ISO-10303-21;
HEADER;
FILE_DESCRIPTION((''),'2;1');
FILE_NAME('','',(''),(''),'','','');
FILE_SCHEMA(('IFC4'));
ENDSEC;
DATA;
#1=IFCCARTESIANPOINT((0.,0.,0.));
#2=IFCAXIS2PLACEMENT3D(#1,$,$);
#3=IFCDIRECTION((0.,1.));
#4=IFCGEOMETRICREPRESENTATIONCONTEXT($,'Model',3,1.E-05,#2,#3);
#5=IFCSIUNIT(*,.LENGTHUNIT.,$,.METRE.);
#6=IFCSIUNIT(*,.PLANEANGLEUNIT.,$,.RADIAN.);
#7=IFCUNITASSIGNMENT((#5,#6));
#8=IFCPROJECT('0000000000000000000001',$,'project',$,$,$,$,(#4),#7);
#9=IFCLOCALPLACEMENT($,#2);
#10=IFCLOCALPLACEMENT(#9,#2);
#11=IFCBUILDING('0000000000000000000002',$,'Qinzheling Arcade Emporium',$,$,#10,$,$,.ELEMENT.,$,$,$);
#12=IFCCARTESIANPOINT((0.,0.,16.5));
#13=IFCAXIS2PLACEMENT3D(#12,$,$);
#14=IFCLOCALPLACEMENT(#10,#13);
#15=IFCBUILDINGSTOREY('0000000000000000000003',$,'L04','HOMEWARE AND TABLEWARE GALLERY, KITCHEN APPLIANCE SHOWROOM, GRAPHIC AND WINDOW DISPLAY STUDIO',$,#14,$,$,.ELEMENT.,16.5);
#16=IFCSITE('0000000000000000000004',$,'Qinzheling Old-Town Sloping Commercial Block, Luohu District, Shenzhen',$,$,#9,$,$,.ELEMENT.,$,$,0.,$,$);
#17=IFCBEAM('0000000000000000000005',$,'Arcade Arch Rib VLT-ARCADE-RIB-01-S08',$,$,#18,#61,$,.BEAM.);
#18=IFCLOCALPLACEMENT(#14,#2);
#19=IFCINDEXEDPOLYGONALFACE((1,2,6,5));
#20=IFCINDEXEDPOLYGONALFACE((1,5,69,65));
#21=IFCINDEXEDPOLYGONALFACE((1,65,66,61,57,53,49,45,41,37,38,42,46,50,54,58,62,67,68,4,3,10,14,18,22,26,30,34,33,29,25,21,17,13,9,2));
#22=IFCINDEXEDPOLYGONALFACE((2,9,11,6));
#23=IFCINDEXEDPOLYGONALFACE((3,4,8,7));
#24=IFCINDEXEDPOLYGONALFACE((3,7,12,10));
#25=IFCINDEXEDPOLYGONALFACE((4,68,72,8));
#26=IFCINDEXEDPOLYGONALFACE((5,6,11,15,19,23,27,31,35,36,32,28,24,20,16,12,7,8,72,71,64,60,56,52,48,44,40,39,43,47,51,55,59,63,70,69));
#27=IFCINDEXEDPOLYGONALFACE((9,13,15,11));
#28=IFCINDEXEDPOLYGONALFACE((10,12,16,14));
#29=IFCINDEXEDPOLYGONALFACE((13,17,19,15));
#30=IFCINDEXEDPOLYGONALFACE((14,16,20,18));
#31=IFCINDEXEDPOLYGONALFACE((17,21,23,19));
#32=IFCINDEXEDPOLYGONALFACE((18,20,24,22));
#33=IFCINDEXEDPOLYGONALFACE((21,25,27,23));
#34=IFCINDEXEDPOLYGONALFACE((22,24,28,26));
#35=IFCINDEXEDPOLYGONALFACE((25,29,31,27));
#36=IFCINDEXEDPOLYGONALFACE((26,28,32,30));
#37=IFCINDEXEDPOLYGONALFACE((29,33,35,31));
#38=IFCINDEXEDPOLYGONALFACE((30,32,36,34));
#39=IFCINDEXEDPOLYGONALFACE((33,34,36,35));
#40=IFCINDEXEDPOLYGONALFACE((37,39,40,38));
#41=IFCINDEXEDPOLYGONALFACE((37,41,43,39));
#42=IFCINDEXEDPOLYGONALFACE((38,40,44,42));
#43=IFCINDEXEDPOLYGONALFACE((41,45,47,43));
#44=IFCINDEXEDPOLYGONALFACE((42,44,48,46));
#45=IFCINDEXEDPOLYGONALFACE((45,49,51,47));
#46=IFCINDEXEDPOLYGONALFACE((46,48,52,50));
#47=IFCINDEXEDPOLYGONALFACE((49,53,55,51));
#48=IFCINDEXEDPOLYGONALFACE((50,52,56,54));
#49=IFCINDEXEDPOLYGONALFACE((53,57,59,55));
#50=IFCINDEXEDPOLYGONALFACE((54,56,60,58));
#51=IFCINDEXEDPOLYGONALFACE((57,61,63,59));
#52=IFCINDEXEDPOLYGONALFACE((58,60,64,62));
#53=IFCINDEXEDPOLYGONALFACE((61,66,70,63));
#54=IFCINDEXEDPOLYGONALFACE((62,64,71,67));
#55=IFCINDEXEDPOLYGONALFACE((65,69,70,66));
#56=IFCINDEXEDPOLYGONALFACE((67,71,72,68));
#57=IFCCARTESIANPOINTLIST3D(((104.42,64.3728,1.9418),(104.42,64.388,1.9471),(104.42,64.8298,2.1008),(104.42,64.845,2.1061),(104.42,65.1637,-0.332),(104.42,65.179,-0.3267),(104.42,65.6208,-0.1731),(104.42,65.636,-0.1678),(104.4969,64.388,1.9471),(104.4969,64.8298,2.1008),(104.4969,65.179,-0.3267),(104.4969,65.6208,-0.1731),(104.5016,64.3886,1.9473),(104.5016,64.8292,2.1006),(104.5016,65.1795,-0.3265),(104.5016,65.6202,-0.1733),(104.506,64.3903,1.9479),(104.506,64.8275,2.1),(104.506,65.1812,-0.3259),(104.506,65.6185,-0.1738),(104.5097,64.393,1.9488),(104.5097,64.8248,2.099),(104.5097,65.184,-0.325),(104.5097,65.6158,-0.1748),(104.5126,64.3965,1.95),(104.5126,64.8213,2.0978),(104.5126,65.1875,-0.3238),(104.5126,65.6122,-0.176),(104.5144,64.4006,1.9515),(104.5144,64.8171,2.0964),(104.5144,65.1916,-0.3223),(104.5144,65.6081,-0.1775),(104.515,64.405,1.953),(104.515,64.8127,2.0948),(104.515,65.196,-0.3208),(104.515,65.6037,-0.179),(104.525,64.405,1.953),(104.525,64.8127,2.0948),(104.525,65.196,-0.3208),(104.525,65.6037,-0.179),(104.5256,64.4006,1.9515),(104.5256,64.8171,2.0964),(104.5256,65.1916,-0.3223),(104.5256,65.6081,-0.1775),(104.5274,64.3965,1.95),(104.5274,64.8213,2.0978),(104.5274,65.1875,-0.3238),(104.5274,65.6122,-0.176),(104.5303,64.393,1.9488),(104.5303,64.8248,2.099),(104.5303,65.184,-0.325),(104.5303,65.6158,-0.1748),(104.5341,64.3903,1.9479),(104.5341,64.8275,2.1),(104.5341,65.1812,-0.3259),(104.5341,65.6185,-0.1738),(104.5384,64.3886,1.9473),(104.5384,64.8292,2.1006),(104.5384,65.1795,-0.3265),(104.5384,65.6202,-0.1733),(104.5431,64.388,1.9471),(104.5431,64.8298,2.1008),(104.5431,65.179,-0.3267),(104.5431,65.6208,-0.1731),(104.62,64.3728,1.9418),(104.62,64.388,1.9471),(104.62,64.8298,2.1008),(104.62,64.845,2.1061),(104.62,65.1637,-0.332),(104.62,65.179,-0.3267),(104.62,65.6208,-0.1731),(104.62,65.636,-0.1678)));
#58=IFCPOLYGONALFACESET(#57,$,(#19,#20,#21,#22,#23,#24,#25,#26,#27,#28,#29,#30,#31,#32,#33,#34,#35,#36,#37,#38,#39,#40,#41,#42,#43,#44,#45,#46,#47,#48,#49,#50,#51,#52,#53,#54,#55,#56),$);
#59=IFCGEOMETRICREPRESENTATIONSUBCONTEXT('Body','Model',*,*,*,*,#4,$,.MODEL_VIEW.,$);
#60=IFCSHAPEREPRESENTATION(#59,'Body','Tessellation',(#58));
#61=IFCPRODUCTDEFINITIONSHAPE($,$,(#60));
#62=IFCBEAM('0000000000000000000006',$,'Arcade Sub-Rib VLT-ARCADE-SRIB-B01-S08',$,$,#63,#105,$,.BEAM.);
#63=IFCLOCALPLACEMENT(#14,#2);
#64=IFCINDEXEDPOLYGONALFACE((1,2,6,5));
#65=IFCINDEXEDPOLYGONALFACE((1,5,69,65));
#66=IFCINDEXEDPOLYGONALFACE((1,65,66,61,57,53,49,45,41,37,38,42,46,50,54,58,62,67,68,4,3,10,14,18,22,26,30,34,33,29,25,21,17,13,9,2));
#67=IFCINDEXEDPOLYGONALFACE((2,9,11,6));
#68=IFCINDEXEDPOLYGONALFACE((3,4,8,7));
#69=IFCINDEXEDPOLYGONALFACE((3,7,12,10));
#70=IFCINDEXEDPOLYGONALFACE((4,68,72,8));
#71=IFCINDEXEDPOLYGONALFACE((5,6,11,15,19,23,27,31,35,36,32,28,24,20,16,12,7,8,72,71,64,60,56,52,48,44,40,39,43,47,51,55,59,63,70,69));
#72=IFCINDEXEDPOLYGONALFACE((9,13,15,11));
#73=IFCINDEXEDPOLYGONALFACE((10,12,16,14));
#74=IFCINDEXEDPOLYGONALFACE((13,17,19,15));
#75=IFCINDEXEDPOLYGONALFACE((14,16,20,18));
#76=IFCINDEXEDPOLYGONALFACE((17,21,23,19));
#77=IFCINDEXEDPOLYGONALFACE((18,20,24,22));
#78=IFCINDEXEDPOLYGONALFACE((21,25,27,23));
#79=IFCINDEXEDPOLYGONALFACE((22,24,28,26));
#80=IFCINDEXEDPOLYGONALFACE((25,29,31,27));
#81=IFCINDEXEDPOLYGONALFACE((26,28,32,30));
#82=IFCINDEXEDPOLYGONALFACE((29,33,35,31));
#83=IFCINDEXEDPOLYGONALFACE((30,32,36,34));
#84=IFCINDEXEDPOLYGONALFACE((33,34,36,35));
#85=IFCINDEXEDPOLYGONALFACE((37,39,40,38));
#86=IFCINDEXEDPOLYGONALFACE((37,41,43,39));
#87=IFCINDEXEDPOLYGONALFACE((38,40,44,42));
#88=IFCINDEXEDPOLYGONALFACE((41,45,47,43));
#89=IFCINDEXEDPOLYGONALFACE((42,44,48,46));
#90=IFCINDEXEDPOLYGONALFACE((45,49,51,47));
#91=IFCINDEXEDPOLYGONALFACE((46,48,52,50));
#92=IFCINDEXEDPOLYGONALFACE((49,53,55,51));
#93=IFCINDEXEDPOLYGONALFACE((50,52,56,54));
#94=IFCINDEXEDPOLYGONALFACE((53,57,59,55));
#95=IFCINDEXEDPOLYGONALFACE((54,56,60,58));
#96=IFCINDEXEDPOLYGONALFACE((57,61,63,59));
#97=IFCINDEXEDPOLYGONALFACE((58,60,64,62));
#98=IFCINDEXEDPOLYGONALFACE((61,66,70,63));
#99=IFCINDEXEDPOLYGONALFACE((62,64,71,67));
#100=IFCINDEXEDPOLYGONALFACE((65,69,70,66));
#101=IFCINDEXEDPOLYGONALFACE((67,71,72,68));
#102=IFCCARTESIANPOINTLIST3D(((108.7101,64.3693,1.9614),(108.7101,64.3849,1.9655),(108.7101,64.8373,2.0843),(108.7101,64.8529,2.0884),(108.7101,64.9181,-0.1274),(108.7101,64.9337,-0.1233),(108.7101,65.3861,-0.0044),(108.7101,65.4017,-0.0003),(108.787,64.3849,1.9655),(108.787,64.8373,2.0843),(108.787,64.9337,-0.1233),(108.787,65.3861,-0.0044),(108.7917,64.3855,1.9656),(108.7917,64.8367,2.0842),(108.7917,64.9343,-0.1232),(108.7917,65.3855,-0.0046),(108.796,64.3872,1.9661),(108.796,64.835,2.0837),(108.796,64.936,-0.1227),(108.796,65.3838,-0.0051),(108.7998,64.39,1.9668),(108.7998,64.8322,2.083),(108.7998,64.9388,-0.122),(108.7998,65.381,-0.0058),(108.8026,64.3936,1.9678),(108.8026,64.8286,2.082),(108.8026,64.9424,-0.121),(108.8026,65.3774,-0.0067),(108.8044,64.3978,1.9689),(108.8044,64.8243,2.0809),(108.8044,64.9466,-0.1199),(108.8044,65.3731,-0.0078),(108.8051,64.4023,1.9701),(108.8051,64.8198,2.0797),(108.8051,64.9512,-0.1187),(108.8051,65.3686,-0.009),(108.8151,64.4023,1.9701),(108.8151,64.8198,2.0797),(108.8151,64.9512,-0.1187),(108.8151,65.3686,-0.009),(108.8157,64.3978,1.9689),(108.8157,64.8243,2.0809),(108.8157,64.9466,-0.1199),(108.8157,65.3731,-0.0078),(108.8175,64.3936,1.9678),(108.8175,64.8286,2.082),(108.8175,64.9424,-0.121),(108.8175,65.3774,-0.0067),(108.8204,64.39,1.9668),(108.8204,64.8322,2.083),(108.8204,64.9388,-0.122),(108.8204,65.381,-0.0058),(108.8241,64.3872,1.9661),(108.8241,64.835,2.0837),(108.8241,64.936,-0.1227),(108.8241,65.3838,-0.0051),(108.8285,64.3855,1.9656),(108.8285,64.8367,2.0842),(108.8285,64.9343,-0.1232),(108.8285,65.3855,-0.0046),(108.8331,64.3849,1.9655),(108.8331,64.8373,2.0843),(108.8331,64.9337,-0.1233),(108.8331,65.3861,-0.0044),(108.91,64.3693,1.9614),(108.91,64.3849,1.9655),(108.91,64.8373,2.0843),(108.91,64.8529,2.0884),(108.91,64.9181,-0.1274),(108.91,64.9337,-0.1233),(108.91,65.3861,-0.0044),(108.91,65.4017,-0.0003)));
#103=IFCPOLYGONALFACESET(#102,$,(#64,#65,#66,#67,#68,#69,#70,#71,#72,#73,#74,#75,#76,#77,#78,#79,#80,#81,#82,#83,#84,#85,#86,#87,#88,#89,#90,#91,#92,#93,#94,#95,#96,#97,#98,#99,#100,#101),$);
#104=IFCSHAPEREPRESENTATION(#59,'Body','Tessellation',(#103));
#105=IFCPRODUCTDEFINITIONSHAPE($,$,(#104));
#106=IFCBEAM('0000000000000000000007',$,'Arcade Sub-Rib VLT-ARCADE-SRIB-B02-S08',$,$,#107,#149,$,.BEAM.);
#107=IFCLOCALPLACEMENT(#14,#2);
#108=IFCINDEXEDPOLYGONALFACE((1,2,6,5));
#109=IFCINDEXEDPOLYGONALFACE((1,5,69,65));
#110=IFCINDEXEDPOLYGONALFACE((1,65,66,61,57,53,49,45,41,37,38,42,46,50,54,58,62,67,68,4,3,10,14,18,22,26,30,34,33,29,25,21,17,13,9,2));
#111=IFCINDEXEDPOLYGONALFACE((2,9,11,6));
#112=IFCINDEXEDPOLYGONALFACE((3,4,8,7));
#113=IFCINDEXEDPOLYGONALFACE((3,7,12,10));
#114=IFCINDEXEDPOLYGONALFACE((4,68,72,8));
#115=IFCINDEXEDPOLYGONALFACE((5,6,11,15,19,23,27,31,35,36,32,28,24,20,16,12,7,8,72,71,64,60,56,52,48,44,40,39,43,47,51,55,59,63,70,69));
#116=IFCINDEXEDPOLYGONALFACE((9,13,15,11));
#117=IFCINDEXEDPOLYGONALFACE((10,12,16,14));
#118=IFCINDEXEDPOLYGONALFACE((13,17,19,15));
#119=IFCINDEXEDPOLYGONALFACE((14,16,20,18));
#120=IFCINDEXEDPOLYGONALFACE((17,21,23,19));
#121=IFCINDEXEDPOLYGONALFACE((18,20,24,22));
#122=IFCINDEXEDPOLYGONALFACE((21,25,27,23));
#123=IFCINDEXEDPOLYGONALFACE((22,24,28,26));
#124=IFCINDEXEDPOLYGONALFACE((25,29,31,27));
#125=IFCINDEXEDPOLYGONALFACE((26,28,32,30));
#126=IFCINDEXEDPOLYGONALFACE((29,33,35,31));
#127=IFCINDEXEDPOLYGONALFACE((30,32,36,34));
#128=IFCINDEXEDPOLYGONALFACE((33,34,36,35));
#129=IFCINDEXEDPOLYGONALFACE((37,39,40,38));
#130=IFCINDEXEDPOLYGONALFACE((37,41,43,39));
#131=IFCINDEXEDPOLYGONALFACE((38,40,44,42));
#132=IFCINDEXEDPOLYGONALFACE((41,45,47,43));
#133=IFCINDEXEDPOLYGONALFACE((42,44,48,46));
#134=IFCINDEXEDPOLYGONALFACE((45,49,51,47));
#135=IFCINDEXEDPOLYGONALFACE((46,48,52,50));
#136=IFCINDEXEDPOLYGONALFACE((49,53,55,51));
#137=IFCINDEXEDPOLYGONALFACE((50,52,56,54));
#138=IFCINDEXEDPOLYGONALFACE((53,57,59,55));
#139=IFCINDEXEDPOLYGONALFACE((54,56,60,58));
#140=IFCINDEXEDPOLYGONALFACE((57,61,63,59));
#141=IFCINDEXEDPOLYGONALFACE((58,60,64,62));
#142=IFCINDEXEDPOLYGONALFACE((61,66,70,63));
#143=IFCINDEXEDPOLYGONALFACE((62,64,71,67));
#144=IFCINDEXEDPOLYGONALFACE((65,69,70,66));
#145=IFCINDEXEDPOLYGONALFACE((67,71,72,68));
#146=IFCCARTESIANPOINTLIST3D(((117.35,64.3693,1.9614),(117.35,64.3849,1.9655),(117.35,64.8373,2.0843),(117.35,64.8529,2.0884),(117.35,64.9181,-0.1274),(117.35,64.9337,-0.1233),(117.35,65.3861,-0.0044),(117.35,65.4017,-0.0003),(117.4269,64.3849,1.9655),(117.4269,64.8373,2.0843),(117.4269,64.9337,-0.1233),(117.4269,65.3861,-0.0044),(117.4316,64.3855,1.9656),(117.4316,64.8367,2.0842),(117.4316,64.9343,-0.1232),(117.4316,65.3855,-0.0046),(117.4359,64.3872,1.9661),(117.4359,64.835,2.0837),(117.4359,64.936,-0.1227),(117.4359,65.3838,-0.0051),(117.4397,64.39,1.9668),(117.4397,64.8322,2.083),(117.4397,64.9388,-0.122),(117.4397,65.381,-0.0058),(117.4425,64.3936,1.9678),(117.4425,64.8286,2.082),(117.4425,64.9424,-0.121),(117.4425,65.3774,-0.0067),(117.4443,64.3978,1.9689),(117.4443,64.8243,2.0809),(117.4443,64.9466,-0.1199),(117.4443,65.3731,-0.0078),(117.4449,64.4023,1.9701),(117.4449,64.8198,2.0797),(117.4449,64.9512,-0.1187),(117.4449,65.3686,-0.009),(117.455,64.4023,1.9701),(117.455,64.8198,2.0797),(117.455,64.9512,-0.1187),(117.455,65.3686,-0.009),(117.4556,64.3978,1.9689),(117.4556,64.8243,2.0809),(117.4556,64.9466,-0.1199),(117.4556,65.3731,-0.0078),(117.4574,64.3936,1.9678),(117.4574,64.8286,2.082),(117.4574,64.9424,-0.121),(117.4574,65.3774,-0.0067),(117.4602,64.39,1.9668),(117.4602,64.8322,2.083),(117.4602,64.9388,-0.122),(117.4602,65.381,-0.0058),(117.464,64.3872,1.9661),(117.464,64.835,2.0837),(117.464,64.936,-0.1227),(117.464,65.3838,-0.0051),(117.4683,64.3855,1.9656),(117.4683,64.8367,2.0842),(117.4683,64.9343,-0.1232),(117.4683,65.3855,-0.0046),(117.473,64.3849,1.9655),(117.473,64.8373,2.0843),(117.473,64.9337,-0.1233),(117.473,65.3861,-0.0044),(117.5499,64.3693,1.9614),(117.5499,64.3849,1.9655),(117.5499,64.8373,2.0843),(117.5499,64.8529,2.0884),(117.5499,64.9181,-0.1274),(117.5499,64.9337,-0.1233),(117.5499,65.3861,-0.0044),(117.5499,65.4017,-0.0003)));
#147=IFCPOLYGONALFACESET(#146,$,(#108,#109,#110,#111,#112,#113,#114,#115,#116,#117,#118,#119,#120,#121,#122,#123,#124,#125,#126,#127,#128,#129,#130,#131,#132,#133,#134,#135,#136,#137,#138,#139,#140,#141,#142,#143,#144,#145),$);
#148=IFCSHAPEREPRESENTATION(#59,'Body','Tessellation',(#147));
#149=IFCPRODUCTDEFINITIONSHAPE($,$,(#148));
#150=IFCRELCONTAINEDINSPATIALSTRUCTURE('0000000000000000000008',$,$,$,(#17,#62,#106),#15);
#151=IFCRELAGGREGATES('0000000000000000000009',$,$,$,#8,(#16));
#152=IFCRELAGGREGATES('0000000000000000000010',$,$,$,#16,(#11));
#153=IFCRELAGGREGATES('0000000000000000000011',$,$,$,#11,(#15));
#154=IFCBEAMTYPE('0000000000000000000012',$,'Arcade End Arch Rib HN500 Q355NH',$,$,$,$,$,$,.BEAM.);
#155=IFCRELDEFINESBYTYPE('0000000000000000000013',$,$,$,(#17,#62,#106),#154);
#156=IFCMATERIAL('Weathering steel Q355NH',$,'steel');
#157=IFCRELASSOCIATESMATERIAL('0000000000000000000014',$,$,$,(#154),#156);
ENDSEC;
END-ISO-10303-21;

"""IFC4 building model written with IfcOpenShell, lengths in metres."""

from ifc_helpers import new_model, si_unit, direction, frame, origin, origin_2d, place, context, subcontext, project, spatial, i_section, extrude, material, material_profile, profile_set, type_object, element, save


model = new_model("IFC4")

# Units and contexts
model_context = context("Model", 3, precision=1e-05, world=origin(), true_north=direction((0.0, 1.0)))
body_context = subcontext(model_context, "Body", "Model", "MODEL_VIEW")
ifc_project = project(units=[si_unit("LENGTHUNIT", "METRE"), si_unit("PLANEANGLEUNIT", "RADIAN")], contexts=[model_context])

# Site, building, storey
site_placement = place(None, origin())
site = spatial("IfcSite", under=ifc_project, at=site_placement, Name="Qinzheling Old-Town Sloping Commercial Block, Luohu District, Shenzhen", CompositionType="ELEMENT", RefElevation=0.0)
building_placement = place(site_placement, origin())
building = spatial("IfcBuilding", under=site, at=building_placement, Name="Qinzheling Arcade Emporium", CompositionType="ELEMENT")
storey_placement = place(building_placement, frame((0.0, 0.0, 16.5)))
storey = spatial("IfcBuildingStorey", under=building, at=storey_placement, Name="L04", Description="HOMEWARE AND TABLEWARE GALLERY, KITCHEN APPLIANCE SHOWROOM, GRAPHIC AND WINDOW DISPLAY STUDIO", CompositionType="ELEMENT", Elevation=16.5)

# Beams
ifc_material_1 = material(Name="Weathering steel Q355NH", Category="steel")
ifc_material_profile_1 = material_profile(ifc_material_1, i_section(OverallWidth=0.2, OverallDepth=0.5, WebThickness=0.01, FlangeThickness=0.0161, FilletRadius=0.0181, at=origin_2d()), Name="HN 500x200x10x16", Category="steel")
ifc_profile_set_1 = profile_set([ifc_material_profile_1], Name="Weathering steel Q355NH")
beam_type_1 = type_object("IfcBeamType", Name="Arcade End Arch Rib HN500 Q355NH", PredefinedType="BEAM", material=ifc_profile_set_1)
beam_1_placement = place(storey_placement, frame((104.52, 64.6089, 2.0239), z_axis=(0.0, 0.328552, -0.944486), x_axis=(-1.0, 0.0, 0.0)))
element("IfcBeam", 1, at=beam_1_placement, inside=storey, type_object=beam_type_1, Name="Arcade Arch Rib VLT-ARCADE-RIB-01-S08", PredefinedType="BEAM", context=body_context, shape_type="SweptSolid", body=[
    extrude(i_section(OverallWidth=0.2, OverallDepth=0.5, WebThickness=0.01, FlangeThickness=0.0161, FilletRadius=0.0181, at=origin_2d()), origin(), (0.0, 0.0, 1.0), 2.4075),
])
for number, where, z_axis, x_axis, name in (
    (2, (108.8101, 64.6111, 2.0249), (0.0, 0.254115, -0.967174), (-1.0, 0.0, 0.0), "Arcade Sub-Rib VLT-ARCADE-SRIB-B01-S08"),
    (3, (117.45, 64.6111, 2.0249), (0.0, 0.254115, -0.967174), (-1.0, 0.0, 0.0), "Arcade Sub-Rib VLT-ARCADE-SRIB-B02-S08"),
):
    element("IfcBeam", number, at=place(storey_placement, frame(where, z_axis=z_axis, x_axis=x_axis)), inside=storey, type_object=beam_type_1, Name=name, PredefinedType="BEAM", context=body_context, shape_type="SweptSolid", body=[
        extrude(i_section(OverallWidth=0.2, OverallDepth=0.5, WebThickness=0.01, FlangeThickness=0.0161, FilletRadius=0.0181, at=origin_2d()), origin(), (0.0, 0.0, 1.0), 2.1597),
    ])

save(model, "model.ifc")
